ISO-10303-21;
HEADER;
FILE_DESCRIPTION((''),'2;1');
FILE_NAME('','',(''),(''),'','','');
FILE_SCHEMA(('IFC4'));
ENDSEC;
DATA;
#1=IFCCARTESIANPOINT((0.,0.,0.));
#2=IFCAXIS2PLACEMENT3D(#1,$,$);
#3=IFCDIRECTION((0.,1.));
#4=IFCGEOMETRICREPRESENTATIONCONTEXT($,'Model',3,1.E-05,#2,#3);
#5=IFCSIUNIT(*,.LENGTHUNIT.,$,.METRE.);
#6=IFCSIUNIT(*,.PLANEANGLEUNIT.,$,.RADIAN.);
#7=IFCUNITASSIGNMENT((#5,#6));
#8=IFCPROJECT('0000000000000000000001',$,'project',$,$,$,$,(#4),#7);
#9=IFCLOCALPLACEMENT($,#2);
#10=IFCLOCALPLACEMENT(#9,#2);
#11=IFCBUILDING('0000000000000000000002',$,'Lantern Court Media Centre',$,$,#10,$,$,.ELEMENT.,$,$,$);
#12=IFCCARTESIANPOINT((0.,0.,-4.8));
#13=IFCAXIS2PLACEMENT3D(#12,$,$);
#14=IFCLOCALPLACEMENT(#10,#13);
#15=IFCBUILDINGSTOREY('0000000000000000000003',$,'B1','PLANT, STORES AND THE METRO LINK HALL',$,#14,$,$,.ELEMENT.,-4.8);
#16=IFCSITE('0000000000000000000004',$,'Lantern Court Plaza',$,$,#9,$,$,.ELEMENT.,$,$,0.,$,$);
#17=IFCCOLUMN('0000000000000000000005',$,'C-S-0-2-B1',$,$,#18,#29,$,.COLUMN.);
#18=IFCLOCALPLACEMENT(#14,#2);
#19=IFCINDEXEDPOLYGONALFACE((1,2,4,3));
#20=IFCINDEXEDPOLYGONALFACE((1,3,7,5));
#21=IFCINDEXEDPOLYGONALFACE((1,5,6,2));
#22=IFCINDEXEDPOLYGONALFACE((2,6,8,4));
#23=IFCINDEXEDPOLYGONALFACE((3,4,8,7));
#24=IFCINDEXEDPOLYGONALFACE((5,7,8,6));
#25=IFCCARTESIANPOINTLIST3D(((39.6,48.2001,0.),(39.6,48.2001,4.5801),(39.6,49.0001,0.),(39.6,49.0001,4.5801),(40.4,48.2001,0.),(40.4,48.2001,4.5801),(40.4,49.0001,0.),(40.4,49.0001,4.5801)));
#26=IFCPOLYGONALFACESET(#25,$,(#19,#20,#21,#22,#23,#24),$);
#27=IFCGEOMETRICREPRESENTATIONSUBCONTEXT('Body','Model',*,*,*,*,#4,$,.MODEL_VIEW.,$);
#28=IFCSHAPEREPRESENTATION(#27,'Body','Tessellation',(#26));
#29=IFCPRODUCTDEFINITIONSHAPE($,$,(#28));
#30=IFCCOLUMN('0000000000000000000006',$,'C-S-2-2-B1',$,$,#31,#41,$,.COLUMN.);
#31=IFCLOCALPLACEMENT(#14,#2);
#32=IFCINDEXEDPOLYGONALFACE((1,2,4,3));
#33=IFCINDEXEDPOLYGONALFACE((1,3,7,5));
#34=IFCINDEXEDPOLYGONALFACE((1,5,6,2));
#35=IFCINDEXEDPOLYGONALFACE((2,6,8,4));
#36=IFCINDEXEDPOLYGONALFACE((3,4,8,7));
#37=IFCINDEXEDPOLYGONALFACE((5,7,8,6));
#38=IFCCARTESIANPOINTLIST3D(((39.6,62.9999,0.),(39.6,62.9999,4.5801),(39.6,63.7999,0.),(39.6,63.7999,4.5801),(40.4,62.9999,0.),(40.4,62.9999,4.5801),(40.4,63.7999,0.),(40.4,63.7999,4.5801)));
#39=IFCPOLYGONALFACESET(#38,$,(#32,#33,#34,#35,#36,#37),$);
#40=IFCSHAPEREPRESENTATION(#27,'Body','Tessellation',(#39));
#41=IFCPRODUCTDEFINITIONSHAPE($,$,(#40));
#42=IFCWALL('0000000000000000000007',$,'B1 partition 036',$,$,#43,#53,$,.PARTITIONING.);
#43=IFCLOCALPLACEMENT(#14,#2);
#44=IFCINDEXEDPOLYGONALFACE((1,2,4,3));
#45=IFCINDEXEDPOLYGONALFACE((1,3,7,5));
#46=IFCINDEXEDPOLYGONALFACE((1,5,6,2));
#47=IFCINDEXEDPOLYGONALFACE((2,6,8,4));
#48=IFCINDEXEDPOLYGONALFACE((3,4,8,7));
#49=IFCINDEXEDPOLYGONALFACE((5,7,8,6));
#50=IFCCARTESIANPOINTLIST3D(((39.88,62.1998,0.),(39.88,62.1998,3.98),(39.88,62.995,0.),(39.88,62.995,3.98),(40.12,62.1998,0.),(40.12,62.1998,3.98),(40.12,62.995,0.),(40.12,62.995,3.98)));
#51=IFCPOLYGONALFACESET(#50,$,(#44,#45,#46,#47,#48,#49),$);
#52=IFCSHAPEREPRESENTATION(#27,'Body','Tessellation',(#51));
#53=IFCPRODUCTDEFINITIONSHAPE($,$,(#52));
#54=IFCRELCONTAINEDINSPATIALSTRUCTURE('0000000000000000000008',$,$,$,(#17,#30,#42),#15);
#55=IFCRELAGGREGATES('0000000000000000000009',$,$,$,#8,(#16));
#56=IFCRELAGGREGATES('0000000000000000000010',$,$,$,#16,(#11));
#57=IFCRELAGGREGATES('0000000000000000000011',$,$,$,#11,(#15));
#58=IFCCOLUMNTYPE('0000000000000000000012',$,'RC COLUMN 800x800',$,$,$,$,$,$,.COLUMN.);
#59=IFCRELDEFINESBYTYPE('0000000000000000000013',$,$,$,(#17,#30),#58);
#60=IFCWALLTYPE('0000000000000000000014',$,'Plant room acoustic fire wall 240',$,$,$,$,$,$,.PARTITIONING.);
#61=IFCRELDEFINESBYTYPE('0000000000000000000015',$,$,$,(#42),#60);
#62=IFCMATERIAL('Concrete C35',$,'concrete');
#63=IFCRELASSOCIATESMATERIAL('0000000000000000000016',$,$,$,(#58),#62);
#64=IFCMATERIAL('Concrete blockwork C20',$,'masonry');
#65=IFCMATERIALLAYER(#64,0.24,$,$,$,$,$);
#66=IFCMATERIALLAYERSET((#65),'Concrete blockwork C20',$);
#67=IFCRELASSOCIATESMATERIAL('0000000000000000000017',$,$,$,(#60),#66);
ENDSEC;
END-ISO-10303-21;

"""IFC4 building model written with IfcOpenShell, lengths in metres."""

from ifc_helpers import new_model, si_unit, direction, frame, frame_2d, origin, origin_2d, place, context, subcontext, project, spatial, rectangle, extrude, material, layer, layer_set, material_profile, profile_set, type_object, element, save


model = new_model("IFC4")

# Units and contexts
model_context = context("Model", 3, precision=1e-05, world=origin(), true_north=direction((0.0, 1.0)))
body_context = subcontext(model_context, "Body", "Model", "MODEL_VIEW")
ifc_project = project(units=[si_unit("LENGTHUNIT", "METRE"), si_unit("PLANEANGLEUNIT", "RADIAN")], contexts=[model_context])

# Site, building, storey
site_placement = place(None, origin())
site = spatial("IfcSite", under=ifc_project, at=site_placement, Name="Lantern Court Plaza", CompositionType="ELEMENT", RefElevation=0.0)
building_placement = place(site_placement, origin())
building = spatial("IfcBuilding", under=site, at=building_placement, Name="Lantern Court Media Centre", CompositionType="ELEMENT")
storey_placement = place(building_placement, frame((0.0, 0.0, -4.8)))
storey = spatial("IfcBuildingStorey", under=building, at=storey_placement, Name="B1", Description="PLANT, STORES AND THE METRO LINK HALL", CompositionType="ELEMENT", Elevation=-4.8)

# Columns
ifc_material_1 = material(Name="Concrete C35", Category="concrete")
ifc_material_profile_1 = material_profile(ifc_material_1, rectangle(XDim=0.8, YDim=0.8, at=origin_2d()), Name="RC 800x800")
ifc_profile_set_1 = profile_set([ifc_material_profile_1], Name="Concrete C35")
column_type_1 = type_object("IfcColumnType", Name="RC COLUMN 800x800", PredefinedType="COLUMN", material=ifc_profile_set_1)
for number, where, z_axis, x_axis, name in (
    (1, (40.0, 48.6001, 0.0), (0.0, 0.0, 1.0), (1.0, 0.0, 0.0), "C-S-0-2-B1"),
    (2, (40.0, 63.3999, 0.0), (0.0, 0.0, 1.0), (1.0, 0.0, 0.0), "C-S-2-2-B1"),
):
    element("IfcColumn", number, at=place(storey_placement, frame(where, z_axis=z_axis, x_axis=x_axis)), inside=storey, type_object=column_type_1, Name=name, PredefinedType="COLUMN", context=body_context, shape_type="SweptSolid", body=[
        extrude(rectangle(XDim=0.8, YDim=0.8, at=origin_2d()), origin(), (0.0, 0.0, 1.0), 4.5801),
    ])

# Wall
ifc_material_2 = material(Name="Concrete blockwork C20", Category="masonry")
ifc_layer_1 = layer(ifc_material_2, 0.24)
ifc_layer_set_1 = layer_set([ifc_layer_1], Name="Concrete blockwork C20")
wall_type_1 = type_object("IfcWallType", Name="Plant room acoustic fire wall 240", PredefinedType="PARTITIONING", material=ifc_layer_set_1)
wall_1_placement = place(storey_placement, frame((40.0, 62.2, 0.0), z_axis=(0.0, 0.0, 1.0), x_axis=(0.0, 1.0, 0.0)))
element("IfcWall", 3, at=wall_1_placement, inside=storey, type_object=wall_type_1, Name="B1 partition 036", PredefinedType="PARTITIONING", context=body_context, shape_type="SweptSolid", body=[
    extrude(rectangle(XDim=0.7952, YDim=0.24, at=frame_2d((0.3975, 0.0))), origin(), (0.0, 0.0, 1.0), 3.98),
])

save(model, "model.ifc")
